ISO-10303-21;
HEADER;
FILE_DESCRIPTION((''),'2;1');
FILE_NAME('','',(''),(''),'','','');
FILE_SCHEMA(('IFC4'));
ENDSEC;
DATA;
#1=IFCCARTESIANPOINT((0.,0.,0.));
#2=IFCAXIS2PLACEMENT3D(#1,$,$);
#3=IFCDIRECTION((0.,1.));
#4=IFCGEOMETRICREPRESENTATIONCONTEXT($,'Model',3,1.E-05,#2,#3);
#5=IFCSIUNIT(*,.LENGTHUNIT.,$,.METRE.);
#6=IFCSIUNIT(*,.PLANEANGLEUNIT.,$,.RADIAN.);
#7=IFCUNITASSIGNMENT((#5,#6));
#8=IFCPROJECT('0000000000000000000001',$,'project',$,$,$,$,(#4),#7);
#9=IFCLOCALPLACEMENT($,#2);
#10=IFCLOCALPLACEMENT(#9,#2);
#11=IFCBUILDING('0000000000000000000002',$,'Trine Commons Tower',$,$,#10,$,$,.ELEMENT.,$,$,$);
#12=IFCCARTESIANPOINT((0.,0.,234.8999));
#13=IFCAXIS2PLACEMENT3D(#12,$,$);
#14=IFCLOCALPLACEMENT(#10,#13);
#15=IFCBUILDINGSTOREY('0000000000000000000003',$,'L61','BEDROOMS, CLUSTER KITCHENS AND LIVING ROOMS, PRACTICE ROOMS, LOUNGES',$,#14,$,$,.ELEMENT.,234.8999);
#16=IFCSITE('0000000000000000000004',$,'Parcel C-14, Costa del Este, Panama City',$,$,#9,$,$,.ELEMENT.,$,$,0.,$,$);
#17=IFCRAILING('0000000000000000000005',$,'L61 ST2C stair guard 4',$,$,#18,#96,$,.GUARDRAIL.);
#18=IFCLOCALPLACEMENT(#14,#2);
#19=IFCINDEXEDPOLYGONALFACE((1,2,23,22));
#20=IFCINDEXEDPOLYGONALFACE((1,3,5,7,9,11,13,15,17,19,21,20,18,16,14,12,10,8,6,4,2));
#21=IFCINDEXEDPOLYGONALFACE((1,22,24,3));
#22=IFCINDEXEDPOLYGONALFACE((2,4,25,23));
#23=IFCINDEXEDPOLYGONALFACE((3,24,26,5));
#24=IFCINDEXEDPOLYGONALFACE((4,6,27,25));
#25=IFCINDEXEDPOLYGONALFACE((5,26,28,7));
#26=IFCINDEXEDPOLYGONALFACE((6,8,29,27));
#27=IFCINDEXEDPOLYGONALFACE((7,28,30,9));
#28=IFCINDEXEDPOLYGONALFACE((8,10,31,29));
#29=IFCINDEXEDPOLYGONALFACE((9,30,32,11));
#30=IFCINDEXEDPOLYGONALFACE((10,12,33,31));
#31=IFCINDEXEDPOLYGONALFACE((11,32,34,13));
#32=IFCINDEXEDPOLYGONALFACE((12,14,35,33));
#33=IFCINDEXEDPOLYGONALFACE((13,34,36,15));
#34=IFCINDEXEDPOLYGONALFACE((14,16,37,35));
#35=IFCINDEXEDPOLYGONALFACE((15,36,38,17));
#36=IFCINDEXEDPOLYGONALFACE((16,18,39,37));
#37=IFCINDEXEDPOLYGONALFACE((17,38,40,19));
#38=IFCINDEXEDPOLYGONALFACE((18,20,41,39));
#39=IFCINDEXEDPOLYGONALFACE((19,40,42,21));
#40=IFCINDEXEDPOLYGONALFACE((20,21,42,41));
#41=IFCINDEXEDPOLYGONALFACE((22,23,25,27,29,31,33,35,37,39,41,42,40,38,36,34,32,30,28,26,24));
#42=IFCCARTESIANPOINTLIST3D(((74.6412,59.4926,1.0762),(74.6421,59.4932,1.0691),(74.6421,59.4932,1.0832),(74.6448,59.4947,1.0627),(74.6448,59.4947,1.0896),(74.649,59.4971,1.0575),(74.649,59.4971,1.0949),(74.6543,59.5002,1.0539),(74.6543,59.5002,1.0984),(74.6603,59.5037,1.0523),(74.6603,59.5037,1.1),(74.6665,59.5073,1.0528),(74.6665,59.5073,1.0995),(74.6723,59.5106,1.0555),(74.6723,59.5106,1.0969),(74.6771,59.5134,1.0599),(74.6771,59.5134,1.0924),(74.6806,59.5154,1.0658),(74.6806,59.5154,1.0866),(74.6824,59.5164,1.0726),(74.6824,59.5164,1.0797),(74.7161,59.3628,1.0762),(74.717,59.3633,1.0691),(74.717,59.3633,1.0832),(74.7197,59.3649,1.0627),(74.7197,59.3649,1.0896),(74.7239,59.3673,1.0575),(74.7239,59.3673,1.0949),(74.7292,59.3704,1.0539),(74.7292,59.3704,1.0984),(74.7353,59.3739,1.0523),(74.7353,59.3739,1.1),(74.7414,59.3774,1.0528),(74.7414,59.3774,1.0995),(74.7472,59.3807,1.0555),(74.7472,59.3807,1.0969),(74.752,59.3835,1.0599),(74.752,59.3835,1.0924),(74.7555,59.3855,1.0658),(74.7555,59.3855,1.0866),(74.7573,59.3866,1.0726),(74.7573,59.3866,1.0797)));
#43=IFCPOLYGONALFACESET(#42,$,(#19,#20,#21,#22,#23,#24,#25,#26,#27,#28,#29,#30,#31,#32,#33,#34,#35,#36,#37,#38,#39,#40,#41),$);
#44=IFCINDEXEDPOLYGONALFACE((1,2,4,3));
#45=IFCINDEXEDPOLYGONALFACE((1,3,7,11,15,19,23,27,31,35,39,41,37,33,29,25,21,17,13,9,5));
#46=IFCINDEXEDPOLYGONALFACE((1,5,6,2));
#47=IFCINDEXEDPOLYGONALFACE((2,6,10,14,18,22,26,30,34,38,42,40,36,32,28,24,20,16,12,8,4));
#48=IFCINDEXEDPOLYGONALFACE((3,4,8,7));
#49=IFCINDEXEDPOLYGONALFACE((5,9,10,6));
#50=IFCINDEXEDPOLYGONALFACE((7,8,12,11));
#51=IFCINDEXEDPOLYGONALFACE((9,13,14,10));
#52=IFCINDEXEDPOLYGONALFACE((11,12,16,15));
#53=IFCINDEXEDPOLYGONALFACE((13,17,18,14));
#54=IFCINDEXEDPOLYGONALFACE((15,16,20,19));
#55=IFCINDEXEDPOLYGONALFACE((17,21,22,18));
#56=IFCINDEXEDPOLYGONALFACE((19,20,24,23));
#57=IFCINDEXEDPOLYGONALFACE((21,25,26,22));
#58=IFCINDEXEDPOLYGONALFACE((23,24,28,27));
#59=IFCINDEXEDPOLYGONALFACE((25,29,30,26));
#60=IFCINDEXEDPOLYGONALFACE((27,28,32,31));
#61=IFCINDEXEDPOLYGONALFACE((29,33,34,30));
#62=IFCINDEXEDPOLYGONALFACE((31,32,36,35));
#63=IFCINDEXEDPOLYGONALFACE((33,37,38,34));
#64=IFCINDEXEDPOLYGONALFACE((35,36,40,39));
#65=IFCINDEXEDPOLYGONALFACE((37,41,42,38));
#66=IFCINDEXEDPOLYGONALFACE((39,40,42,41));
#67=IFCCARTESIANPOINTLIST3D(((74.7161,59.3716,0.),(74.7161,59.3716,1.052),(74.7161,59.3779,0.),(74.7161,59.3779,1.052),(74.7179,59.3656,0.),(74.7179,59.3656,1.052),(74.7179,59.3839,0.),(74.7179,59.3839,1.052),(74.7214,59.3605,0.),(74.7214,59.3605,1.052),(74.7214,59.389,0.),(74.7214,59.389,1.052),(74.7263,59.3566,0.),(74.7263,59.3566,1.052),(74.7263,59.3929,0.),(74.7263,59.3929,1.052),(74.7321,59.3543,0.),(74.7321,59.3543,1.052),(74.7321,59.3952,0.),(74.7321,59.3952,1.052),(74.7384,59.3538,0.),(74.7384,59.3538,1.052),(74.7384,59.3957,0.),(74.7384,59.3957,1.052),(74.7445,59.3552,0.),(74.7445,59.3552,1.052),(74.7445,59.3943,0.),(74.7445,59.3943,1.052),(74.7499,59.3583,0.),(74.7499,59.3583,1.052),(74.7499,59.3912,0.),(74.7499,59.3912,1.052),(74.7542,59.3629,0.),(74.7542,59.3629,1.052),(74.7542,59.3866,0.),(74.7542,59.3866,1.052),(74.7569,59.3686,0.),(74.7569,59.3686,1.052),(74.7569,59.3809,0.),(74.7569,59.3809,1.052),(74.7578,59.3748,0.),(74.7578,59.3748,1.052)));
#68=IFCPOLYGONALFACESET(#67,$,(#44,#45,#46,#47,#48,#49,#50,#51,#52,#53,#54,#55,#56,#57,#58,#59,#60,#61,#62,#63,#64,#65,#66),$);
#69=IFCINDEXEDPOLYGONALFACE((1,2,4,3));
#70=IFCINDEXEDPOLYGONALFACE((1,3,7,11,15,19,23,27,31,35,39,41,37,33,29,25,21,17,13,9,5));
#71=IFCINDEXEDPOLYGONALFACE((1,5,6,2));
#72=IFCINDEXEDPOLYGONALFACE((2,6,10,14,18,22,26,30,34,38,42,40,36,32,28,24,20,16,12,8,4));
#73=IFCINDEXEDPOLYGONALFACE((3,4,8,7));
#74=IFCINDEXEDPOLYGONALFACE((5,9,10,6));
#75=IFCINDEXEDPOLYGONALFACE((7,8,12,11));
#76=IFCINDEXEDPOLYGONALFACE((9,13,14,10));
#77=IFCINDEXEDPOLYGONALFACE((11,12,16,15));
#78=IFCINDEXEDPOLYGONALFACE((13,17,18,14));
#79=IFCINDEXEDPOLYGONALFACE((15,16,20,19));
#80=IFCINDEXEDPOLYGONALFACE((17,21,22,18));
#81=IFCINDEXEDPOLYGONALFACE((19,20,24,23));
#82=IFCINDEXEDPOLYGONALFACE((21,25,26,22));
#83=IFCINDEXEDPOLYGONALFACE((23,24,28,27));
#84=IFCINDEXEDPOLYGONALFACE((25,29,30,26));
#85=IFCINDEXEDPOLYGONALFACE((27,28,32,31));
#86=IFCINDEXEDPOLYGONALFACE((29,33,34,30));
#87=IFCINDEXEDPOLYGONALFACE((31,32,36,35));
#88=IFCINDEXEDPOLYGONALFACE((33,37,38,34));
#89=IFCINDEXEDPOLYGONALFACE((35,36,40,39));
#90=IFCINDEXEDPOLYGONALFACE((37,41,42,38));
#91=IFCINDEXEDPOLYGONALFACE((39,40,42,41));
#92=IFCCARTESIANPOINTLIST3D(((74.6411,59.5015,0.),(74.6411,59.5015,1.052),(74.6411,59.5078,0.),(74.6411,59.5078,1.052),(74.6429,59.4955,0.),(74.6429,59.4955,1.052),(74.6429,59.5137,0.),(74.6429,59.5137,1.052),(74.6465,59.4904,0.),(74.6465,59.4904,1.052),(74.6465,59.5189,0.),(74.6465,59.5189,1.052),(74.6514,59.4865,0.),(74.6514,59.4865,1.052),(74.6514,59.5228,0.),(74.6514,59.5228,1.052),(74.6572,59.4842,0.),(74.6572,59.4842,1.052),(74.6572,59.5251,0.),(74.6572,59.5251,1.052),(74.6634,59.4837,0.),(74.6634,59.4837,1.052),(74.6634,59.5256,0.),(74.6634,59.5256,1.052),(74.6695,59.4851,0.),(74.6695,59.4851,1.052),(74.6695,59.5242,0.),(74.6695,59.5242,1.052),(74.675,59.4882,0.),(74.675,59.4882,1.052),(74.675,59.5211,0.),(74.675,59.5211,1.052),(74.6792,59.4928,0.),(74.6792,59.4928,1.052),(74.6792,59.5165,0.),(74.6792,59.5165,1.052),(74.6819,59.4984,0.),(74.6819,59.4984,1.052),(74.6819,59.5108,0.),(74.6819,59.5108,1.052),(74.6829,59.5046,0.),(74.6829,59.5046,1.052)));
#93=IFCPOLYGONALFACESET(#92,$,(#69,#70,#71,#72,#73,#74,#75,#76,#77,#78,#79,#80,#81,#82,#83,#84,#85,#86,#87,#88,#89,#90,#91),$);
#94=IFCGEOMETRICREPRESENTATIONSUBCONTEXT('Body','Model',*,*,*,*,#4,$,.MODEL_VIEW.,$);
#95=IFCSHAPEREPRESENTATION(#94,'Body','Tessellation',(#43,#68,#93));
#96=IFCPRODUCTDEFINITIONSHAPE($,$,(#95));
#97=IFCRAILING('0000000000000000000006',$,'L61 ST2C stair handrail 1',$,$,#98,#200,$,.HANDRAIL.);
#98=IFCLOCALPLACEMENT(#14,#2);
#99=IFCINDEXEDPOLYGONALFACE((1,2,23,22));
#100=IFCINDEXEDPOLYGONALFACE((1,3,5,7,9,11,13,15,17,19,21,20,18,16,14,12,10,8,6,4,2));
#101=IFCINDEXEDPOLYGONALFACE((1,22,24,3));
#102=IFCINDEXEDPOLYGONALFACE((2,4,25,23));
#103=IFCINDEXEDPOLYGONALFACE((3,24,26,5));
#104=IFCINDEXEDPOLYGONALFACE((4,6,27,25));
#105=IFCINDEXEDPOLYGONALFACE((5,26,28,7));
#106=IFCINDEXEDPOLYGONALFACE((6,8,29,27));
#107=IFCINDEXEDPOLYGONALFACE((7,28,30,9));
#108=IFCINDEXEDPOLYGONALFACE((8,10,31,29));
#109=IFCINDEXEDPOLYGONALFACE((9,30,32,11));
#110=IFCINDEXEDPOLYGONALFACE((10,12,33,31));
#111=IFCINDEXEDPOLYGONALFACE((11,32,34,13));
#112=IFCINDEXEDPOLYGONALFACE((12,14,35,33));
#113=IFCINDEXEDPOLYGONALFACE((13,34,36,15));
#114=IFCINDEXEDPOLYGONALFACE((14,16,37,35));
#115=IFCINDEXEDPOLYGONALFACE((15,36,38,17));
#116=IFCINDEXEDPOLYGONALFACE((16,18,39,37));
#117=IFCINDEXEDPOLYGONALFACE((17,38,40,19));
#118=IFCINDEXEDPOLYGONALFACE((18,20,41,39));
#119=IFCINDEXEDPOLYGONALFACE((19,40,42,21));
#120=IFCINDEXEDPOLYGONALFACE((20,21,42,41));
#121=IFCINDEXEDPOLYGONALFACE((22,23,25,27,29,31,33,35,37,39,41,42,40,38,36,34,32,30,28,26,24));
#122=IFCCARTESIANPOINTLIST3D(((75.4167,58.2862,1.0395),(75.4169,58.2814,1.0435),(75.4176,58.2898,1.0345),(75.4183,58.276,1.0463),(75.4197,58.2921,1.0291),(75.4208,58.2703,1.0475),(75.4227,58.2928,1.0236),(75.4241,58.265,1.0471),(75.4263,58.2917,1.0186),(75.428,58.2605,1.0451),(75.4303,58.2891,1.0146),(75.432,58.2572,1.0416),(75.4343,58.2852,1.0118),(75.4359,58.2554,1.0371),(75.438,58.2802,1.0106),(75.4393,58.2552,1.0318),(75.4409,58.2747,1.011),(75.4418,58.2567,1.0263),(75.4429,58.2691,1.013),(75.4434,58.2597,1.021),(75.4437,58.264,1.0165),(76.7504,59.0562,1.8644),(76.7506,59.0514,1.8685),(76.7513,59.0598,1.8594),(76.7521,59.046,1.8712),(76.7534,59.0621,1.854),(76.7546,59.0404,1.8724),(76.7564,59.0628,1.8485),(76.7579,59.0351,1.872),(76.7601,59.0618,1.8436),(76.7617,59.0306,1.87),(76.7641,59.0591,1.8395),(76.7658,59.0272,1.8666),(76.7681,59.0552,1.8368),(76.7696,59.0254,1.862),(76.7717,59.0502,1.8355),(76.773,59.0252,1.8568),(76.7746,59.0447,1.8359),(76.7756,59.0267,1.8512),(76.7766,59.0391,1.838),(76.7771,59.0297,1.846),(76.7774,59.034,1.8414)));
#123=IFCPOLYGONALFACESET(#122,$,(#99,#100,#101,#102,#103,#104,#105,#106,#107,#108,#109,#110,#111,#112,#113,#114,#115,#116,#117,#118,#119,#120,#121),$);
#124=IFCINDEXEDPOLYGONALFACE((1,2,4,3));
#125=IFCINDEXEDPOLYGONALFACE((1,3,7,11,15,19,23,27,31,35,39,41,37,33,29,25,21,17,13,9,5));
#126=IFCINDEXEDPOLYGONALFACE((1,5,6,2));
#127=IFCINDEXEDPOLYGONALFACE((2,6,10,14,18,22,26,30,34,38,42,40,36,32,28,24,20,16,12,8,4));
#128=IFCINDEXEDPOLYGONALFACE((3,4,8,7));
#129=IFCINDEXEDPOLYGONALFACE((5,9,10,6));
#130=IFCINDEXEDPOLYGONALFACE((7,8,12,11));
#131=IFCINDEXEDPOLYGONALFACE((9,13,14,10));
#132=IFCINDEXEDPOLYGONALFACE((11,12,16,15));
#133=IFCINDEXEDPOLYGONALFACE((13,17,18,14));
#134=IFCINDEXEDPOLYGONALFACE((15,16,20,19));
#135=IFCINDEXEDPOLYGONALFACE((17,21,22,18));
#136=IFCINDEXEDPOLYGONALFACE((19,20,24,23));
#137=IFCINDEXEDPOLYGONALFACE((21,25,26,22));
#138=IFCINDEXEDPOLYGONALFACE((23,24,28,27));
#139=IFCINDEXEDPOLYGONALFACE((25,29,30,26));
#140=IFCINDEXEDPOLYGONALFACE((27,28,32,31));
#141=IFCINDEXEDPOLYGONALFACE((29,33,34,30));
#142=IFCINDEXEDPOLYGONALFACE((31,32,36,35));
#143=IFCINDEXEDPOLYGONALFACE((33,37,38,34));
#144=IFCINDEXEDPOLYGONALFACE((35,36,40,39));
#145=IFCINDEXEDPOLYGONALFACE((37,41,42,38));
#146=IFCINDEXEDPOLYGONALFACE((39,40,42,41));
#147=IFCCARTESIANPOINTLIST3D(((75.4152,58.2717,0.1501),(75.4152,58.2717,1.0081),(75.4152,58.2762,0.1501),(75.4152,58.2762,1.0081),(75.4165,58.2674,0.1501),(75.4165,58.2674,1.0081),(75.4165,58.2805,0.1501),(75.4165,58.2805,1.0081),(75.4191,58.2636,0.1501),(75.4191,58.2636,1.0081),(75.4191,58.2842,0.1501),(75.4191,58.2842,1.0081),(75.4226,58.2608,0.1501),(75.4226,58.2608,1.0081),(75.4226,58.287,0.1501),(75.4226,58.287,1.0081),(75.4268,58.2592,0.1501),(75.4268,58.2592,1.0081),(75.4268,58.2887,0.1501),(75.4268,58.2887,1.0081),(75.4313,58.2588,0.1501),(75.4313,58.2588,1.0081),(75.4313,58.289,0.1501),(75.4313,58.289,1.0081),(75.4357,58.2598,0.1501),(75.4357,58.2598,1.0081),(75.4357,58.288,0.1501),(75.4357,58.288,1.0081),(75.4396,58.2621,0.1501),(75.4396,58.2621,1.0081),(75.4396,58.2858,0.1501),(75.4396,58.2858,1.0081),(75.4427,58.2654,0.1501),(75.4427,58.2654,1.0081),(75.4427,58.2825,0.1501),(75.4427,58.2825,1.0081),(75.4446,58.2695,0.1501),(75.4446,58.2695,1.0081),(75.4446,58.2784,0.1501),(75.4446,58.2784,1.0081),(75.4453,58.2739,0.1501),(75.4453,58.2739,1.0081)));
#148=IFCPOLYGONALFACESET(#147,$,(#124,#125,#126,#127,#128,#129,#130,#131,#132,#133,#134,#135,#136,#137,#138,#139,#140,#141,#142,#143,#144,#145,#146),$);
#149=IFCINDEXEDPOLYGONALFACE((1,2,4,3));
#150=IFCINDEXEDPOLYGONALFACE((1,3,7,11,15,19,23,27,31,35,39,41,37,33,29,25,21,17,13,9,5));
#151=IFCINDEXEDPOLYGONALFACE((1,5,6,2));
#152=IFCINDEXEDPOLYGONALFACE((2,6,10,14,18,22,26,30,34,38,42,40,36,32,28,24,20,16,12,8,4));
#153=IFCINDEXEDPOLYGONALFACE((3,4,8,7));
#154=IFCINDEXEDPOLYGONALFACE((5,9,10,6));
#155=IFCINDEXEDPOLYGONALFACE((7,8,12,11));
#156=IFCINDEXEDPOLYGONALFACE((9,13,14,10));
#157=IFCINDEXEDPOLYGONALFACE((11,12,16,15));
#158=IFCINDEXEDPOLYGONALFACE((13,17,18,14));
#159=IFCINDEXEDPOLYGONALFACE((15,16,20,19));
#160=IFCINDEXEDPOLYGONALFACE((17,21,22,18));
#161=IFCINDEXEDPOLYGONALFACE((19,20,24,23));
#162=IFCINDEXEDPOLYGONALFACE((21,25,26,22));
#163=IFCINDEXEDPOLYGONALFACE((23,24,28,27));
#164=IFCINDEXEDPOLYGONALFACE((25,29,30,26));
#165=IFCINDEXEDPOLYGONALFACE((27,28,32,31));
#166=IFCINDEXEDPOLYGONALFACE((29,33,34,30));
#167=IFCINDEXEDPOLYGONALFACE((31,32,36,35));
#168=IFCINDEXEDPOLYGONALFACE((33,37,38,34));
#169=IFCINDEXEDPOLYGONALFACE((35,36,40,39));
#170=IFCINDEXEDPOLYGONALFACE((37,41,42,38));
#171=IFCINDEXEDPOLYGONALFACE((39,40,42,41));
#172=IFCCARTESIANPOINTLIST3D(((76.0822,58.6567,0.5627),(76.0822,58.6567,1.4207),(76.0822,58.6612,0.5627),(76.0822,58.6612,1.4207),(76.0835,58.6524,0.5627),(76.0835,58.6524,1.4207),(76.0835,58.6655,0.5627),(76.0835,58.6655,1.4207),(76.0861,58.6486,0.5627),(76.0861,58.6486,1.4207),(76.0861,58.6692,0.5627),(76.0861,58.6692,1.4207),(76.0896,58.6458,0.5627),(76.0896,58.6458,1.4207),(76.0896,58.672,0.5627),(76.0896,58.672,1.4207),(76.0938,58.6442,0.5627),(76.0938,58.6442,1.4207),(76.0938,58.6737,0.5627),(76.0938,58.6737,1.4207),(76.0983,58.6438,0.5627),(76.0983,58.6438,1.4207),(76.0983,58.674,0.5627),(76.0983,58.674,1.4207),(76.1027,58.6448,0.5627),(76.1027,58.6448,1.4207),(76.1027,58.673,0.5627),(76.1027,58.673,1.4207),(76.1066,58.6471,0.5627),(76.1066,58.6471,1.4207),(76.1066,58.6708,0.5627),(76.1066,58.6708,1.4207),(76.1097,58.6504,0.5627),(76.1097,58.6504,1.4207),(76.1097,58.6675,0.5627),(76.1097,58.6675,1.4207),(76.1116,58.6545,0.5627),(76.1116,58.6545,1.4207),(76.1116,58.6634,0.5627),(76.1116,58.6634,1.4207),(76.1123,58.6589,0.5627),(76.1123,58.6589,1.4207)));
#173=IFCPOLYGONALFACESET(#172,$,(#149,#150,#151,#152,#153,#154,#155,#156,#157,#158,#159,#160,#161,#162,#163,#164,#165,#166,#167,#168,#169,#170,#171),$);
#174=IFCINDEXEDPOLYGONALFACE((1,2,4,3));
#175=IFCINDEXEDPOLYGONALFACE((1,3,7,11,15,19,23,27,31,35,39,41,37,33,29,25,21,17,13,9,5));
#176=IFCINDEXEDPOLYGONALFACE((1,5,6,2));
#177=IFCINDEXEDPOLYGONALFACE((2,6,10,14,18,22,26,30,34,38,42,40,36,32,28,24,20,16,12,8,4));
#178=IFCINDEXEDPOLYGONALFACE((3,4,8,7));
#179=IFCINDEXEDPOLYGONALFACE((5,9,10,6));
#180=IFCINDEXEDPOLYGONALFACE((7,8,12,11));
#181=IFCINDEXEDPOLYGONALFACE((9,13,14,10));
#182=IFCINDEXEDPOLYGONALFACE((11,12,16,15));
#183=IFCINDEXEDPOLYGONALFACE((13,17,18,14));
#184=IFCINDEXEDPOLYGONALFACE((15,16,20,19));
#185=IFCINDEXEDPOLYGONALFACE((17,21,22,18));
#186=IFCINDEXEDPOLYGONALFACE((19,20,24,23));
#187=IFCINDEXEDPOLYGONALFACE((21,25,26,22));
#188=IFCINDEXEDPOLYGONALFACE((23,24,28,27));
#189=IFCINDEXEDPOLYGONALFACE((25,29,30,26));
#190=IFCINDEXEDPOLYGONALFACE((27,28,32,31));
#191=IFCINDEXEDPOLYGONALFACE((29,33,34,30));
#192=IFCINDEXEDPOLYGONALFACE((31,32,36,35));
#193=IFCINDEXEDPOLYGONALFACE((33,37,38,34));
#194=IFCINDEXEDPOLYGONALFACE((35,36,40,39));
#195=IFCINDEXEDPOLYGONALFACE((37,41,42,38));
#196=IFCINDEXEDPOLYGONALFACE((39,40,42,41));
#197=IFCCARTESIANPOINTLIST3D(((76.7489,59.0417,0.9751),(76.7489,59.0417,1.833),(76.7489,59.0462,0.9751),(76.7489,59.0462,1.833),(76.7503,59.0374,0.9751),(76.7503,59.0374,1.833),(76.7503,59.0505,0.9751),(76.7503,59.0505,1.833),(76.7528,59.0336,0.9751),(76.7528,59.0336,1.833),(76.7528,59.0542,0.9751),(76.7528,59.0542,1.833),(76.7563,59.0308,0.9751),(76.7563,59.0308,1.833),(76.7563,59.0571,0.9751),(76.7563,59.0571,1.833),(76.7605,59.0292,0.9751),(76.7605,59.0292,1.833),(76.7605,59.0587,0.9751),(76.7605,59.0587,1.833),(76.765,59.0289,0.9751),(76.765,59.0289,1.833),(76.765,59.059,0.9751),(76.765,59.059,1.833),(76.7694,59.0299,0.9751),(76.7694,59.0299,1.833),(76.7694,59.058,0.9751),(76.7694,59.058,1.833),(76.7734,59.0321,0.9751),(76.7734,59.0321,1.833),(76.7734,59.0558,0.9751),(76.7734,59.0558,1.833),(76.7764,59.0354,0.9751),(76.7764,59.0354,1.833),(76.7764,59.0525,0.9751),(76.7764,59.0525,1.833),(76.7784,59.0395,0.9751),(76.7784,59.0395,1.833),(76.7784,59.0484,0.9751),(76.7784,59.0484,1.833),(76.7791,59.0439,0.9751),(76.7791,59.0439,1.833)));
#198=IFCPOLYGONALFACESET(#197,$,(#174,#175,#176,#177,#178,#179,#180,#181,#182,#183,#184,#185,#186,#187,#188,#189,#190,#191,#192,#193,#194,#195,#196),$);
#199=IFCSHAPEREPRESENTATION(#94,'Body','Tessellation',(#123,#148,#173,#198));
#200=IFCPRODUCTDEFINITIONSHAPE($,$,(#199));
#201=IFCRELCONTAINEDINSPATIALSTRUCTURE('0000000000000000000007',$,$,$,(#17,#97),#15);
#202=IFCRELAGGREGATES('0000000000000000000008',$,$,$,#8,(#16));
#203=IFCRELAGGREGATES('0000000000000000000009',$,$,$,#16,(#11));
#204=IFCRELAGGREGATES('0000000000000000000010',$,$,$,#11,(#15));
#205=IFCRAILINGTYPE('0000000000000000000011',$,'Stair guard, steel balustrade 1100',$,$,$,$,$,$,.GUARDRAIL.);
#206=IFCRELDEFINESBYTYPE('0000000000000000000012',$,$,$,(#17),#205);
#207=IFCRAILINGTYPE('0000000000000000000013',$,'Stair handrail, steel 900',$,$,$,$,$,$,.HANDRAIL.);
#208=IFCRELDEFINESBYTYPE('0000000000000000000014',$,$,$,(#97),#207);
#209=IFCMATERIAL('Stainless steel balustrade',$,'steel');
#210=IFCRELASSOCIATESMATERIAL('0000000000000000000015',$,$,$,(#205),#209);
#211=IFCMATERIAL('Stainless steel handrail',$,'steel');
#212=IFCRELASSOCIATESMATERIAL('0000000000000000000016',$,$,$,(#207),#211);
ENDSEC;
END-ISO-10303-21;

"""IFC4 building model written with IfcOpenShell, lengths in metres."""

from ifc_helpers import new_model, si_unit, direction, frame, origin, origin_2d, place, context, subcontext, project, spatial, circle, extrude, material, type_object, element, save


model = new_model("IFC4")

# Units and contexts
model_context = context("Model", 3, precision=1e-05, world=origin(), true_north=direction((0.0, 1.0)))
body_context = subcontext(model_context, "Body", "Model", "MODEL_VIEW")
ifc_project = project(units=[si_unit("LENGTHUNIT", "METRE"), si_unit("PLANEANGLEUNIT", "RADIAN")], contexts=[model_context])

# Site, building, storey
site_placement = place(None, origin())
site = spatial("IfcSite", under=ifc_project, at=site_placement, Name="Parcel C-14, Costa del Este, Panama City", CompositionType="ELEMENT", RefElevation=0.0)
building_placement = place(site_placement, origin())
building = spatial("IfcBuilding", under=site, at=building_placement, Name="Trine Commons Tower", CompositionType="ELEMENT")
storey_placement = place(building_placement, frame((0.0, 0.0, 234.8999)))
storey = spatial("IfcBuildingStorey", under=building, at=storey_placement, Name="L61", Description="BEDROOMS, CLUSTER KITCHENS AND LIVING ROOMS, PRACTICE ROOMS, LOUNGES", CompositionType="ELEMENT", Elevation=234.8999)

# Railings
ifc_material_1 = material(Name="Stainless steel balustrade", Category="steel")
railing_type_1 = type_object("IfcRailingType", Name="Stair guard, steel balustrade 1100", PredefinedType="GUARDRAIL", material=ifc_material_1)
railing_1_placement = place(storey_placement, frame((74.7368, 59.3748, 0.0)))
element("IfcRailing", 1, at=railing_1_placement, inside=storey, type_object=railing_type_1, Name="L61 ST2C stair guard 4", PredefinedType="GUARDRAIL", context=body_context, shape_type="SweptSolid", body=[
    extrude(circle(Radius=0.0239, at=origin_2d()), frame((0.0, 0.0, 1.0762), z_axis=(-0.499816, 0.866131, 0.0), x_axis=(-0.866131, -0.499816, 0.0)), (0.0, 0.0, 1.0), 0.1499),
    extrude(circle(Radius=0.021, at=origin_2d()), origin(), (0.0, 0.0, 1.0), 1.052),
    extrude(circle(Radius=0.021, at=origin_2d()), frame((-0.075, 0.1299, 0.0)), (0.0, 0.0, 1.0), 1.052),
])
ifc_material_2 = material(Name="Stainless steel handrail", Category="steel")
railing_type_2 = type_object("IfcRailingType", Name="Stair handrail, steel 900", PredefinedType="HANDRAIL", material=ifc_material_2)
railing_2_placement = place(storey_placement, frame((75.4302, 58.2739, 0.1501)))
element("IfcRailing", 2, at=railing_2_placement, inside=storey, type_object=railing_type_2, Name="L61 ST2C stair handrail 1", PredefinedType="HANDRAIL", context=body_context, shape_type="SweptSolid", body=[
    extrude(circle(Radius=0.021, at=origin_2d()), frame((0.0, 0.0, 0.8789), z_axis=(0.763405, 0.440743, 0.472185), x_axis=(-0.499992, 0.86603, 0.0)), (0.0, 0.0, 1.0), 1.7471),
    extrude(circle(Radius=0.0151, at=origin_2d()), origin(), (0.0, 0.0, 1.0), 0.8579),
    extrude(circle(Radius=0.0151, at=origin_2d()), frame((0.667, 0.385, 0.4126)), (0.0, 0.0, 1.0), 0.8579),
    extrude(circle(Radius=0.0151, at=origin_2d()), frame((1.3337, 0.77, 0.825)), (0.0, 0.0, 1.0), 0.8579),
])

save(model, "model.ifc")
